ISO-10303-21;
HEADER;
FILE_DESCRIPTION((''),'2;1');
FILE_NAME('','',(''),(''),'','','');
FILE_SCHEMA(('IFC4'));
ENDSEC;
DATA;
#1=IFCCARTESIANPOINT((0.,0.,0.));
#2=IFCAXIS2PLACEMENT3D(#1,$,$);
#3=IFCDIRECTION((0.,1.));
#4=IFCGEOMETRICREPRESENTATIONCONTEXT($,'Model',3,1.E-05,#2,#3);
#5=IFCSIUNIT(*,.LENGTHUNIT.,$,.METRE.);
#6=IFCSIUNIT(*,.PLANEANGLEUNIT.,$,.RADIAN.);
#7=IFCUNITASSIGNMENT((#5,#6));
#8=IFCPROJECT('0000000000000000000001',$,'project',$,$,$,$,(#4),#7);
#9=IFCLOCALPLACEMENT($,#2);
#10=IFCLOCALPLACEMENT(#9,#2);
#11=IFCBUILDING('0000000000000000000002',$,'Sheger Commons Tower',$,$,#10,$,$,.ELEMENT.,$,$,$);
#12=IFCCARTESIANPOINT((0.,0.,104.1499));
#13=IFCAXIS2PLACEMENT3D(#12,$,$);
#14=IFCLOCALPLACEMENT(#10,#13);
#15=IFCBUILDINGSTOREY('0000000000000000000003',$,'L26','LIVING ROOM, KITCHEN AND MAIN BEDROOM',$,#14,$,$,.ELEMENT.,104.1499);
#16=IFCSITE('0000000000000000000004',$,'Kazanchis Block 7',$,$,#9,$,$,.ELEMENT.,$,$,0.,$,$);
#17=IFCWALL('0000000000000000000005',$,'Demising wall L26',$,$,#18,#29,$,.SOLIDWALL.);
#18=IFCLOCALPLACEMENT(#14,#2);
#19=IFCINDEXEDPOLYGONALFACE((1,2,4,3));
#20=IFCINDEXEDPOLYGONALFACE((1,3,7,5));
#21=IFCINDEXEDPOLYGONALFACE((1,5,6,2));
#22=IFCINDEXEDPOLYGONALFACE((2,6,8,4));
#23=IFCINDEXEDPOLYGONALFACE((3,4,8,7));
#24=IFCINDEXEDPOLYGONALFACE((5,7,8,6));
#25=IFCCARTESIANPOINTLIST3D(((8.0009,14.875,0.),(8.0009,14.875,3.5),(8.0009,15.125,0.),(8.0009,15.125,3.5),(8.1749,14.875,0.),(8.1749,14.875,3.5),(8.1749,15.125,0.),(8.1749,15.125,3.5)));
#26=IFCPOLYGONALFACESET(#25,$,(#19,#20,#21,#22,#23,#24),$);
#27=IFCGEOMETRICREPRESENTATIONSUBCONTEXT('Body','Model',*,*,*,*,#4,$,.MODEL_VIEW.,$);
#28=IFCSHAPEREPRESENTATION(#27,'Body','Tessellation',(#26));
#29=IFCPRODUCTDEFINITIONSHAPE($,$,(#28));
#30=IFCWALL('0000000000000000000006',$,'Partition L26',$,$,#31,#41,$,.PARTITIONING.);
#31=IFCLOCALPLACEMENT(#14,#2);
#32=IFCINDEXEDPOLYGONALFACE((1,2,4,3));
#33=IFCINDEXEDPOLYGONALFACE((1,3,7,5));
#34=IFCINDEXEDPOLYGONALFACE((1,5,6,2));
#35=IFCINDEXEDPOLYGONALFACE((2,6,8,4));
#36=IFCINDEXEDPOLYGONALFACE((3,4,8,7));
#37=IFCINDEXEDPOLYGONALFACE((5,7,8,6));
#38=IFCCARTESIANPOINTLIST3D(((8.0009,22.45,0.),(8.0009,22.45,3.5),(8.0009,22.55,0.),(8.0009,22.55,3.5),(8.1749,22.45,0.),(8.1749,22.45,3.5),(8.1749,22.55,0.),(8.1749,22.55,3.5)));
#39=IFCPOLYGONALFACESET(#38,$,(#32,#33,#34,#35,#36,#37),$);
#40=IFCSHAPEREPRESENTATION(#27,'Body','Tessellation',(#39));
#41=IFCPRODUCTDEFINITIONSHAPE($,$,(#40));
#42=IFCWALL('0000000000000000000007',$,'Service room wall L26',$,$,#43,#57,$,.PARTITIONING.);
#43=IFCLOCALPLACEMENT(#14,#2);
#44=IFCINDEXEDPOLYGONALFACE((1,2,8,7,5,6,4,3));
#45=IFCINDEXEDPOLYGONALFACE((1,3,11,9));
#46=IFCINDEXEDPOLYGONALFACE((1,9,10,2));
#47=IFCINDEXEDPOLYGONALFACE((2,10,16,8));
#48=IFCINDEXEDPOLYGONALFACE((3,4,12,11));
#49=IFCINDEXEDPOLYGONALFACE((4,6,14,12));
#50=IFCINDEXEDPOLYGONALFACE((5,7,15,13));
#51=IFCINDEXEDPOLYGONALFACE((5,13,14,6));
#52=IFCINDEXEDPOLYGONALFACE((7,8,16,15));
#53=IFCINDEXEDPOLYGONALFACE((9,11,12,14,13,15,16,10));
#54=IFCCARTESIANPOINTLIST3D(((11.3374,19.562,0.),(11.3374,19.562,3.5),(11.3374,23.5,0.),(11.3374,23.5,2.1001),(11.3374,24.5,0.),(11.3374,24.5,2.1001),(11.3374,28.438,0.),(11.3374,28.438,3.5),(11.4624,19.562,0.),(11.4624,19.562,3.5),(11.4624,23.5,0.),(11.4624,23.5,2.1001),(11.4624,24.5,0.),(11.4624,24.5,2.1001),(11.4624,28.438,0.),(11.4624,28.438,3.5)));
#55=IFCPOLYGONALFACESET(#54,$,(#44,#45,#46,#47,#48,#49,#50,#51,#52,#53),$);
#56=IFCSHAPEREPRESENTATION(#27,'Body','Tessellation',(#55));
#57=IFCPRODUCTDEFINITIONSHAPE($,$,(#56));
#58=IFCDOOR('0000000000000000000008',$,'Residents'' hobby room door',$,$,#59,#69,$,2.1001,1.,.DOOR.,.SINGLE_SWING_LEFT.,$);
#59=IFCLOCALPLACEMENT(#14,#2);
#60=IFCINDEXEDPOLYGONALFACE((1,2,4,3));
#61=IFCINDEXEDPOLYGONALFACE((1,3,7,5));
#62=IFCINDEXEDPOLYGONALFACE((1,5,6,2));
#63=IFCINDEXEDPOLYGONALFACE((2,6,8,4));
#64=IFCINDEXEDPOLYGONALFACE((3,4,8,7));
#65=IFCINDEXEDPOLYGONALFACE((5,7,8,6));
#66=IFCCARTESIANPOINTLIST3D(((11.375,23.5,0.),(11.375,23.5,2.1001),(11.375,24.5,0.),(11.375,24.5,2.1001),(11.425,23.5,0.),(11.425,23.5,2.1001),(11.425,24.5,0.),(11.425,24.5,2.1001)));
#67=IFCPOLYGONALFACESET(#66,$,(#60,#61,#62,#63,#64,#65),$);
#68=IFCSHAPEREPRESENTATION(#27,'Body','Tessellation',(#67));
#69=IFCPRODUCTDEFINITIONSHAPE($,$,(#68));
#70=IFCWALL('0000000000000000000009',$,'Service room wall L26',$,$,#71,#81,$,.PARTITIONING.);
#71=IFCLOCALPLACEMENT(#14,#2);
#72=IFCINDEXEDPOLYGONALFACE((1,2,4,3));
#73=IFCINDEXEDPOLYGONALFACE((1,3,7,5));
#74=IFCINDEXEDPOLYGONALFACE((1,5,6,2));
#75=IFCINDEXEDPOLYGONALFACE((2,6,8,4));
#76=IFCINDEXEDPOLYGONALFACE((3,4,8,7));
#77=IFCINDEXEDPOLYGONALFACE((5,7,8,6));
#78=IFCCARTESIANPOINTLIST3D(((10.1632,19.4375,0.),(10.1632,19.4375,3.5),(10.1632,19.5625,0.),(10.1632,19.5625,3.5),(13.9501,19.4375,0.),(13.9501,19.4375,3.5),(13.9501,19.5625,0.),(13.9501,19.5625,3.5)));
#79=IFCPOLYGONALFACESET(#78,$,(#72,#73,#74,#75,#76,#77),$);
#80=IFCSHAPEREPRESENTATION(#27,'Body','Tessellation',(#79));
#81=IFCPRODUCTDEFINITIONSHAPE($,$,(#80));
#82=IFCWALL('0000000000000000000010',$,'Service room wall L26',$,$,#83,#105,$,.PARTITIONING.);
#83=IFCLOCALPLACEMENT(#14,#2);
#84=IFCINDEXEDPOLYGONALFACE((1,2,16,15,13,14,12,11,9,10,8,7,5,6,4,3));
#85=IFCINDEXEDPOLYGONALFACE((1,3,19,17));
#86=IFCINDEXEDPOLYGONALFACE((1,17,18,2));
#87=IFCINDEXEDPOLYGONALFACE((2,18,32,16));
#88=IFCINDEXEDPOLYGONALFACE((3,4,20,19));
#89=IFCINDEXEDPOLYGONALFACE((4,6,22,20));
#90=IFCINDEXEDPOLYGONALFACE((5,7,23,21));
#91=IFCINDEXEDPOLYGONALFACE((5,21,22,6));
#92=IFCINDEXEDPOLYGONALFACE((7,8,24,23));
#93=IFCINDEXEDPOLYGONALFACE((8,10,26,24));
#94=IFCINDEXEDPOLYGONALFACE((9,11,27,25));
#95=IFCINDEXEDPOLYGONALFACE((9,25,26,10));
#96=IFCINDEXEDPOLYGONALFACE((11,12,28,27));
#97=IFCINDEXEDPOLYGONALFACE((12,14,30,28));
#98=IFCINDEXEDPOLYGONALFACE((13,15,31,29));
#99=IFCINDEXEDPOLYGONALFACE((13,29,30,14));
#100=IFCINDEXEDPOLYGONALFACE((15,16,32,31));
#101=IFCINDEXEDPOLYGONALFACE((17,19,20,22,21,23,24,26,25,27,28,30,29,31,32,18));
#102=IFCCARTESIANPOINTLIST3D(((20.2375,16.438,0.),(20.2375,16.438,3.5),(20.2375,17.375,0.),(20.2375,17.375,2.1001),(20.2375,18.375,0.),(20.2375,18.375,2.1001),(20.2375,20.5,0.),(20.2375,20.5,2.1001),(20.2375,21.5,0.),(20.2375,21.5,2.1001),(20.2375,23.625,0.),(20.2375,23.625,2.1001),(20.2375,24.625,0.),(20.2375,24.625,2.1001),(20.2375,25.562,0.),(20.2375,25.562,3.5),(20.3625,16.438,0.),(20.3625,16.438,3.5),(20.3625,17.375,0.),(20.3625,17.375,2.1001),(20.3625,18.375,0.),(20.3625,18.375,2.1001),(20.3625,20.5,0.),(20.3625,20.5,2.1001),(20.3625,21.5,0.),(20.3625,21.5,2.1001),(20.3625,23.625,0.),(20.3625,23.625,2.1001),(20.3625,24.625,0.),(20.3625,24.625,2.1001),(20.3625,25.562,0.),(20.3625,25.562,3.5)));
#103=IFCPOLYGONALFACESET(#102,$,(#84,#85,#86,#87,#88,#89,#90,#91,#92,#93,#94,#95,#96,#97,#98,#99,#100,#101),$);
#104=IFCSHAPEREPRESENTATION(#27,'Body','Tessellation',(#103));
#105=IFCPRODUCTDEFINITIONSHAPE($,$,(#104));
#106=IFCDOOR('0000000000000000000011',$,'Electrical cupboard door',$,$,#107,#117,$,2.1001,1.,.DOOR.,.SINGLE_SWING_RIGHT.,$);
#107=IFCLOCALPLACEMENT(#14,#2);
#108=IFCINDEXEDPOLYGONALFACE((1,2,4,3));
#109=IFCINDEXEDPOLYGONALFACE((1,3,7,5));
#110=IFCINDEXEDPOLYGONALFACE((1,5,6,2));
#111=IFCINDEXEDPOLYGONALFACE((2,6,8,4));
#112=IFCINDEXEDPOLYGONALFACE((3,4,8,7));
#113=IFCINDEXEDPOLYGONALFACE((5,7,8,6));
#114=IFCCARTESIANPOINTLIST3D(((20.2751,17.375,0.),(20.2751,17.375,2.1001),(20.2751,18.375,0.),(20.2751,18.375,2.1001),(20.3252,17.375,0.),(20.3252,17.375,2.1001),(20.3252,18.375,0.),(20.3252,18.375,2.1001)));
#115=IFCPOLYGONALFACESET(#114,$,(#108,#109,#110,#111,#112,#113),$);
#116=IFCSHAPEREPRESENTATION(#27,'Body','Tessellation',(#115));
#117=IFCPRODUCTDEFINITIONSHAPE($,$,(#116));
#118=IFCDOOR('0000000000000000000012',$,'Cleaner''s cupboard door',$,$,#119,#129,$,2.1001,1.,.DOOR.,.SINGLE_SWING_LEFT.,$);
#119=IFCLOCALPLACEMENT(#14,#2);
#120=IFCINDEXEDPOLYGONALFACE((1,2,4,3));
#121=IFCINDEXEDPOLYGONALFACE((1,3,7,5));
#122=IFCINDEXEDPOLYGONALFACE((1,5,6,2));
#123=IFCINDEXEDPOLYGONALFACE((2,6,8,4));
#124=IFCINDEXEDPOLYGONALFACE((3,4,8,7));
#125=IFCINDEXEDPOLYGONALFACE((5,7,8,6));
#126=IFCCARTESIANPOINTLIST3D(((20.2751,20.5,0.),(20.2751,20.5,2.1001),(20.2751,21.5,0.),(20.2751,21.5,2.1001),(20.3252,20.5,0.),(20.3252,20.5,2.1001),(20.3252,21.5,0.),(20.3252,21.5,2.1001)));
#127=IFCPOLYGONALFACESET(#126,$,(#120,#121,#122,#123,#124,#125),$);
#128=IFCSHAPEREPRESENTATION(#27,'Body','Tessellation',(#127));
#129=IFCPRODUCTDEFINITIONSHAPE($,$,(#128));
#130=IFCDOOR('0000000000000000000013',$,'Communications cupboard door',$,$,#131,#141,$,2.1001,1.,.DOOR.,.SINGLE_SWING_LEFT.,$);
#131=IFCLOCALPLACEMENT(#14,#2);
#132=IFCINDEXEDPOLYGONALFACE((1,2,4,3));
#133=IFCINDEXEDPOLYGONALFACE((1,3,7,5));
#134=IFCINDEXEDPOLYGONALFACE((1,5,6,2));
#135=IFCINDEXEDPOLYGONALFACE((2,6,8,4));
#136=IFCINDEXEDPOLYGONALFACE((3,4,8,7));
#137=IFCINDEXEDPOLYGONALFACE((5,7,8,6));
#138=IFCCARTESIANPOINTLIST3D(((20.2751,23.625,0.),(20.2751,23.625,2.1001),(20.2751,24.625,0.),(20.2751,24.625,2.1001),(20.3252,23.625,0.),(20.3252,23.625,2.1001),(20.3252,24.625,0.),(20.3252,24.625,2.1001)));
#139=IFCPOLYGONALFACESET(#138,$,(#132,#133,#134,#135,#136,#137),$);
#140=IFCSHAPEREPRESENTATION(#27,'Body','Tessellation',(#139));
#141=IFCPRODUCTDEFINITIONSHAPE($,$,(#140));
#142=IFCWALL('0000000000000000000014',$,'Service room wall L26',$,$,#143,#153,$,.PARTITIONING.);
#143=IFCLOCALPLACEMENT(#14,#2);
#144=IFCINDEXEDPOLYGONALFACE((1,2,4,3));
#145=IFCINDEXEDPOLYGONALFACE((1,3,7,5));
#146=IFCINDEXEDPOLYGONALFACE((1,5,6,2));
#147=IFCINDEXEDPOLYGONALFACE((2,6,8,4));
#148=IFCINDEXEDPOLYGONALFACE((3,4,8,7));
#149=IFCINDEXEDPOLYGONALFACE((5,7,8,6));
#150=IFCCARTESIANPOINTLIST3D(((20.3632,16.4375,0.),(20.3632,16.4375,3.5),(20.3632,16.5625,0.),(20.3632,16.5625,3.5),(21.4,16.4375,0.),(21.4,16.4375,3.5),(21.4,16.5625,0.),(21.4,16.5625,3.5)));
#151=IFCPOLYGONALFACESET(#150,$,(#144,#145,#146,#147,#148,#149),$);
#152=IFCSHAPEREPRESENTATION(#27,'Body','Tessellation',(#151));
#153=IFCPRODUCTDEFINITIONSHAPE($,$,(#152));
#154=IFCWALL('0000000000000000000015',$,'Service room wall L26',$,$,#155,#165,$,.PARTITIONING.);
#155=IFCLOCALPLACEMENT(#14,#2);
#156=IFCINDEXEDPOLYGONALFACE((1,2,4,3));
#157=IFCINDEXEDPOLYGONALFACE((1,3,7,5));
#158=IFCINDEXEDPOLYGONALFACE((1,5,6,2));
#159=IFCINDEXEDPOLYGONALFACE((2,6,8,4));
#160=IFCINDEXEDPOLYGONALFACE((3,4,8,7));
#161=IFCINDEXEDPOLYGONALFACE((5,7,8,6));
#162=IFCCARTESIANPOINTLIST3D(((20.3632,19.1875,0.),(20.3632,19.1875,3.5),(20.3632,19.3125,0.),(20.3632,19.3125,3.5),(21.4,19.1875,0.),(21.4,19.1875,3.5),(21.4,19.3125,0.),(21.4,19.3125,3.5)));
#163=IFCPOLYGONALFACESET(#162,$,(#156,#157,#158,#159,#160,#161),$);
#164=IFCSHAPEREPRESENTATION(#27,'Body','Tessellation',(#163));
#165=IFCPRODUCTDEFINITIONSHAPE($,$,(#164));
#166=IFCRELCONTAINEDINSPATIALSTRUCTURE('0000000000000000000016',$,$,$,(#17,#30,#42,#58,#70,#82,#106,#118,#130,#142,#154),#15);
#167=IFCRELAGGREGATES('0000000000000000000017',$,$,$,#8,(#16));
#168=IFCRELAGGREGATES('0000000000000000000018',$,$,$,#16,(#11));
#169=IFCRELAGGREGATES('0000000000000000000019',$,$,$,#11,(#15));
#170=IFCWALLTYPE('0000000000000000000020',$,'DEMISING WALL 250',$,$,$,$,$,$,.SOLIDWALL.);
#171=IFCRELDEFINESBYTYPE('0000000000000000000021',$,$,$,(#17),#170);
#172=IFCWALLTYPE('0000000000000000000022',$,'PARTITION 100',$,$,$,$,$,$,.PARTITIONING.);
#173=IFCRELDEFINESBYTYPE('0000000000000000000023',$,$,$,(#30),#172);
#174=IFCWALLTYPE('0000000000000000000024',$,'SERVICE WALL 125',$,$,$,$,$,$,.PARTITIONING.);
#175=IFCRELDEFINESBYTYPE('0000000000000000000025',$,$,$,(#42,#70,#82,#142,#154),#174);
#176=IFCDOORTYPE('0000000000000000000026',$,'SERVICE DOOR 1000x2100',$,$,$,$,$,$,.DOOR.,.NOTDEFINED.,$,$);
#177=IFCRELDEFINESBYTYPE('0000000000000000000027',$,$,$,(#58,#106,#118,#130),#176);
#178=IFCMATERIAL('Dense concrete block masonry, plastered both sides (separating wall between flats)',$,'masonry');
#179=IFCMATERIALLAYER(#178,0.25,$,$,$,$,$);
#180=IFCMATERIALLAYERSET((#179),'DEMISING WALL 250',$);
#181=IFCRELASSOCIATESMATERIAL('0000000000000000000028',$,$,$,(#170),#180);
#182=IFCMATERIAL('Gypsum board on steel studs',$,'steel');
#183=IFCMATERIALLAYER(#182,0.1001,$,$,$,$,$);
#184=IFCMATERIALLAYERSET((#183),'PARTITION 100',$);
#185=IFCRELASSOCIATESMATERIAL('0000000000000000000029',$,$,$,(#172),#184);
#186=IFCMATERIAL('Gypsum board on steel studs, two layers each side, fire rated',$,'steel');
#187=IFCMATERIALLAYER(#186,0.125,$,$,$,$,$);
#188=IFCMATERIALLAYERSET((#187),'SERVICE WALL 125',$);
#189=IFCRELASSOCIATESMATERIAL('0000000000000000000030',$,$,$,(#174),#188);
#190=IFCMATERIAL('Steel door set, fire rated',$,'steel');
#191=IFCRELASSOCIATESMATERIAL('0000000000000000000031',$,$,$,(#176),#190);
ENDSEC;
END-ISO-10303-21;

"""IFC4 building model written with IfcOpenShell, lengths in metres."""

from ifc_helpers import new_model, si_unit, direction, frame, frame_2d, origin, place, context, subcontext, project, spatial, rectangle, extrude, material, layer, layer_set, type_object, element, fill, save


model = new_model("IFC4")

# Units and contexts
model_context = context("Model", 3, precision=1e-05, world=origin(), true_north=direction((0.0, 1.0)))
body_context = subcontext(model_context, "Body", "Model", "MODEL_VIEW")
ifc_project = project(units=[si_unit("LENGTHUNIT", "METRE"), si_unit("PLANEANGLEUNIT", "RADIAN")], contexts=[model_context])

# Site, building, storey
site_placement = place(None, origin())
site = spatial("IfcSite", under=ifc_project, at=site_placement, Name="Kazanchis Block 7", CompositionType="ELEMENT", RefElevation=0.0)
building_placement = place(site_placement, origin())
building = spatial("IfcBuilding", under=site, at=building_placement, Name="Sheger Commons Tower", CompositionType="ELEMENT")
storey_placement = place(building_placement, frame((0.0, 0.0, 104.1499)))
storey = spatial("IfcBuildingStorey", under=building, at=storey_placement, Name="L26", Description="LIVING ROOM, KITCHEN AND MAIN BEDROOM", CompositionType="ELEMENT", Elevation=104.1499)

# Walls
ifc_material_1 = material(Name="Dense concrete block masonry, plastered both sides (separating wall between flats)", Category="masonry")
ifc_layer_1 = layer(ifc_material_1, 0.25)
ifc_layer_set_1 = layer_set([ifc_layer_1], Name="DEMISING WALL 250")
wall_type_1 = type_object("IfcWallType", Name="DEMISING WALL 250", PredefinedType="SOLIDWALL", material=ifc_layer_set_1)
wall_1_placement = place(storey_placement, frame((8.001, 15.0, 0.0), z_axis=(0.0, 0.0, 1.0), x_axis=(1.0, 0.0, 0.0)))
element("IfcWall", 1, at=wall_1_placement, inside=storey, type_object=wall_type_1, Name="Demising wall L26", PredefinedType="SOLIDWALL", context=body_context, shape_type="SweptSolid", body=[
    extrude(rectangle(XDim=0.1741, YDim=0.25, at=frame_2d((0.0869, 0.0))), origin(), (0.0, 0.0, 1.0), 3.5),
])
ifc_material_2 = material(Name="Gypsum board on steel studs", Category="steel")
ifc_layer_2 = layer(ifc_material_2, 0.1001)
ifc_layer_set_2 = layer_set([ifc_layer_2], Name="PARTITION 100")
wall_type_2 = type_object("IfcWallType", Name="PARTITION 100", PredefinedType="PARTITIONING", material=ifc_layer_set_2)
wall_2_placement = place(storey_placement, frame((8.001, 22.5, 0.0), z_axis=(0.0, 0.0, 1.0), x_axis=(1.0, 0.0, 0.0)))
element("IfcWall", 2, at=wall_2_placement, inside=storey, type_object=wall_type_2, Name="Partition L26", PredefinedType="PARTITIONING", context=body_context, shape_type="SweptSolid", body=[
    extrude(rectangle(XDim=0.1741, YDim=0.1001, at=frame_2d((0.0869, 0.0))), origin(), (0.0, 0.0, 1.0), 3.5),
])

# Wall, opening, door
ifc_material_3 = material(Name="Gypsum board on steel studs, two layers each side, fire rated", Category="steel")
ifc_layer_3 = layer(ifc_material_3, 0.125)
ifc_layer_set_3 = layer_set([ifc_layer_3], Name="SERVICE WALL 125")
wall_type_3 = type_object("IfcWallType", Name="SERVICE WALL 125", PredefinedType="PARTITIONING", material=ifc_layer_set_3)
wall_3_placement = place(storey_placement, frame((11.3999, 19.562, 0.0), z_axis=(0.0, 0.0, 1.0), x_axis=(0.0, 1.0, 0.0)))
wall_3 = element("IfcWall", 3, at=wall_3_placement, inside=storey, type_object=wall_type_3, Name="Service room wall L26", PredefinedType="PARTITIONING", context=body_context, shape_type="SweptSolid", body=[
    extrude(rectangle(XDim=8.876, YDim=0.125, at=frame_2d((4.438, 0.0))), origin(), (0.0, 0.0, 1.0), 3.5),
])
opening_1_placement = place(wall_3_placement, frame((3.938, 0.0, 0.0)))
opening_1 = element("IfcOpeningElement", 4, at=opening_1_placement, cuts=wall_3, PredefinedType="OPENING", context=body_context, shape_type="SweptSolid", body=[
    extrude(rectangle(XDim=1.0, YDim=2.1001, at=frame_2d((0.5, 1.05))), frame((0.0, 0.0725, 0.0), z_axis=(0.0, -1.0, 0.0), x_axis=(1.0, 0.0, 0.0)), (0.0, 0.0, 1.0), 0.145),
])
ifc_material_4 = material(Name="Steel door set, fire rated", Category="steel")
door_type_1 = type_object("IfcDoorType", Name="SERVICE DOOR 1000x2100", OperationType="NOTDEFINED", PredefinedType="DOOR", material=ifc_material_4)
door_1_placement = place(opening_1_placement, origin())
door_1 = element("IfcDoor", 5, at=door_1_placement, inside=storey, type_object=door_type_1, Name="Residents' hobby room door", OperationType="SINGLE_SWING_LEFT", OverallHeight=2.1001, OverallWidth=1.0, PredefinedType="DOOR", context=body_context, shape_type="SweptSolid", body=[
    extrude(rectangle(XDim=1.0, YDim=2.1001, at=frame_2d((0.5, 1.05))), frame((0.0, 0.0249, 0.0), z_axis=(0.0, -1.0, 0.0), x_axis=(1.0, 0.0, 0.0)), (0.0, 0.0, 1.0), 0.05),
])
fill(opening_1, door_1)

# Wall
wall_4_placement = place(storey_placement, frame((10.1631, 19.5, 0.0), z_axis=(0.0, 0.0, 1.0), x_axis=(1.0, 0.0, 0.0)))
element("IfcWall", 6, at=wall_4_placement, inside=storey, type_object=wall_type_3, Name="Service room wall L26", PredefinedType="PARTITIONING", context=body_context, shape_type="SweptSolid", body=[
    extrude(rectangle(XDim=3.7869, YDim=0.125, at=frame_2d((1.8936, 0.0))), origin(), (0.0, 0.0, 1.0), 3.5),
])

# Wall, openings, doors
wall_5_placement = place(storey_placement, frame((20.3, 16.438, 0.0), z_axis=(0.0, 0.0, 1.0), x_axis=(0.0, 1.0, 0.0)))
wall_5 = element("IfcWall", 7, at=wall_5_placement, inside=storey, type_object=wall_type_3, Name="Service room wall L26", PredefinedType="PARTITIONING", context=body_context, shape_type="SweptSolid", body=[
    extrude(rectangle(XDim=9.124, YDim=0.125, at=frame_2d((4.562, 0.0))), origin(), (0.0, 0.0, 1.0), 3.5),
])
opening_2_placement = place(wall_5_placement, frame((0.937, 0.0, 0.0)))
opening_2 = element("IfcOpeningElement", 8, at=opening_2_placement, cuts=wall_5, PredefinedType="OPENING", context=body_context, shape_type="SweptSolid", body=[
    extrude(rectangle(XDim=1.0, YDim=2.1001, at=frame_2d((0.5, 1.05))), frame((0.0, 0.0725, 0.0), z_axis=(0.0, -1.0, 0.0), x_axis=(1.0, 0.0, 0.0)), (0.0, 0.0, 1.0), 0.145),
])
opening_3_placement = place(wall_5_placement, frame((4.062, 0.0, 0.0)))
opening_3 = element("IfcOpeningElement", 9, at=opening_3_placement, cuts=wall_5, PredefinedType="OPENING", context=body_context, shape_type="SweptSolid", body=[
    extrude(rectangle(XDim=1.0, YDim=2.1001, at=frame_2d((0.5, 1.05))), frame((0.0, 0.0725, 0.0), z_axis=(0.0, -1.0, 0.0), x_axis=(1.0, 0.0, 0.0)), (0.0, 0.0, 1.0), 0.145),
])
opening_4_placement = place(wall_5_placement, frame((7.187, 0.0, 0.0)))
opening_4 = element("IfcOpeningElement", 10, at=opening_4_placement, cuts=wall_5, PredefinedType="OPENING", context=body_context, shape_type="SweptSolid", body=[
    extrude(rectangle(XDim=1.0, YDim=2.1001, at=frame_2d((0.5, 1.05))), frame((0.0, 0.0725, 0.0), z_axis=(0.0, -1.0, 0.0), x_axis=(1.0, 0.0, 0.0)), (0.0, 0.0, 1.0), 0.145),
])
door_2_placement = place(opening_2_placement, origin())
door_2 = element("IfcDoor", 11, at=door_2_placement, inside=storey, type_object=door_type_1, Name="Electrical cupboard door", OperationType="SINGLE_SWING_RIGHT", OverallHeight=2.1001, OverallWidth=1.0, PredefinedType="DOOR", context=body_context, shape_type="SweptSolid", body=[
    extrude(rectangle(XDim=1.0, YDim=2.1001, at=frame_2d((0.5, 1.05))), frame((0.0, 0.0249, 0.0), z_axis=(0.0, -1.0, 0.0), x_axis=(1.0, 0.0, 0.0)), (0.0, 0.0, 1.0), 0.05),
])
fill(opening_2, door_2)
door_3_placement = place(opening_3_placement, origin())
door_3 = element("IfcDoor", 12, at=door_3_placement, inside=storey, type_object=door_type_1, Name="Cleaner's cupboard door", OperationType="SINGLE_SWING_LEFT", OverallHeight=2.1001, OverallWidth=1.0, PredefinedType="DOOR", context=body_context, shape_type="SweptSolid", body=[
    extrude(rectangle(XDim=1.0, YDim=2.1001, at=frame_2d((0.5, 1.05))), frame((0.0, 0.0249, 0.0), z_axis=(0.0, -1.0, 0.0), x_axis=(1.0, 0.0, 0.0)), (0.0, 0.0, 1.0), 0.05),
])
fill(opening_3, door_3)
door_4_placement = place(opening_4_placement, origin())
door_4 = element("IfcDoor", 13, at=door_4_placement, inside=storey, type_object=door_type_1, Name="Communications cupboard door", OperationType="SINGLE_SWING_LEFT", OverallHeight=2.1001, OverallWidth=1.0, PredefinedType="DOOR", context=body_context, shape_type="SweptSolid", body=[
    extrude(rectangle(XDim=1.0, YDim=2.1001, at=frame_2d((0.5, 1.05))), frame((0.0, 0.0249, 0.0), z_axis=(0.0, -1.0, 0.0), x_axis=(1.0, 0.0, 0.0)), (0.0, 0.0, 1.0), 0.05),
])
fill(opening_4, door_4)

# Walls
for number, where, z_axis, x_axis, name in (
    (14, (20.363, 16.5, 0.0), (0.0, 0.0, 1.0), (1.0, 0.0, 0.0), "Service room wall L26"),
    (15, (20.363, 19.25, 0.0), (0.0, 0.0, 1.0), (1.0, 0.0, 0.0), "Service room wall L26"),
):
    element("IfcWall", number, at=place(storey_placement, frame(where, z_axis=z_axis, x_axis=x_axis)), inside=storey, type_object=wall_type_3, Name=name, PredefinedType="PARTITIONING", context=body_context, shape_type="SweptSolid", body=[
        extrude(rectangle(XDim=1.0369, YDim=0.125, at=frame_2d((0.5186, 0.0))), origin(), (0.0, 0.0, 1.0), 3.5),
    ])

save(model, "model.ifc")
